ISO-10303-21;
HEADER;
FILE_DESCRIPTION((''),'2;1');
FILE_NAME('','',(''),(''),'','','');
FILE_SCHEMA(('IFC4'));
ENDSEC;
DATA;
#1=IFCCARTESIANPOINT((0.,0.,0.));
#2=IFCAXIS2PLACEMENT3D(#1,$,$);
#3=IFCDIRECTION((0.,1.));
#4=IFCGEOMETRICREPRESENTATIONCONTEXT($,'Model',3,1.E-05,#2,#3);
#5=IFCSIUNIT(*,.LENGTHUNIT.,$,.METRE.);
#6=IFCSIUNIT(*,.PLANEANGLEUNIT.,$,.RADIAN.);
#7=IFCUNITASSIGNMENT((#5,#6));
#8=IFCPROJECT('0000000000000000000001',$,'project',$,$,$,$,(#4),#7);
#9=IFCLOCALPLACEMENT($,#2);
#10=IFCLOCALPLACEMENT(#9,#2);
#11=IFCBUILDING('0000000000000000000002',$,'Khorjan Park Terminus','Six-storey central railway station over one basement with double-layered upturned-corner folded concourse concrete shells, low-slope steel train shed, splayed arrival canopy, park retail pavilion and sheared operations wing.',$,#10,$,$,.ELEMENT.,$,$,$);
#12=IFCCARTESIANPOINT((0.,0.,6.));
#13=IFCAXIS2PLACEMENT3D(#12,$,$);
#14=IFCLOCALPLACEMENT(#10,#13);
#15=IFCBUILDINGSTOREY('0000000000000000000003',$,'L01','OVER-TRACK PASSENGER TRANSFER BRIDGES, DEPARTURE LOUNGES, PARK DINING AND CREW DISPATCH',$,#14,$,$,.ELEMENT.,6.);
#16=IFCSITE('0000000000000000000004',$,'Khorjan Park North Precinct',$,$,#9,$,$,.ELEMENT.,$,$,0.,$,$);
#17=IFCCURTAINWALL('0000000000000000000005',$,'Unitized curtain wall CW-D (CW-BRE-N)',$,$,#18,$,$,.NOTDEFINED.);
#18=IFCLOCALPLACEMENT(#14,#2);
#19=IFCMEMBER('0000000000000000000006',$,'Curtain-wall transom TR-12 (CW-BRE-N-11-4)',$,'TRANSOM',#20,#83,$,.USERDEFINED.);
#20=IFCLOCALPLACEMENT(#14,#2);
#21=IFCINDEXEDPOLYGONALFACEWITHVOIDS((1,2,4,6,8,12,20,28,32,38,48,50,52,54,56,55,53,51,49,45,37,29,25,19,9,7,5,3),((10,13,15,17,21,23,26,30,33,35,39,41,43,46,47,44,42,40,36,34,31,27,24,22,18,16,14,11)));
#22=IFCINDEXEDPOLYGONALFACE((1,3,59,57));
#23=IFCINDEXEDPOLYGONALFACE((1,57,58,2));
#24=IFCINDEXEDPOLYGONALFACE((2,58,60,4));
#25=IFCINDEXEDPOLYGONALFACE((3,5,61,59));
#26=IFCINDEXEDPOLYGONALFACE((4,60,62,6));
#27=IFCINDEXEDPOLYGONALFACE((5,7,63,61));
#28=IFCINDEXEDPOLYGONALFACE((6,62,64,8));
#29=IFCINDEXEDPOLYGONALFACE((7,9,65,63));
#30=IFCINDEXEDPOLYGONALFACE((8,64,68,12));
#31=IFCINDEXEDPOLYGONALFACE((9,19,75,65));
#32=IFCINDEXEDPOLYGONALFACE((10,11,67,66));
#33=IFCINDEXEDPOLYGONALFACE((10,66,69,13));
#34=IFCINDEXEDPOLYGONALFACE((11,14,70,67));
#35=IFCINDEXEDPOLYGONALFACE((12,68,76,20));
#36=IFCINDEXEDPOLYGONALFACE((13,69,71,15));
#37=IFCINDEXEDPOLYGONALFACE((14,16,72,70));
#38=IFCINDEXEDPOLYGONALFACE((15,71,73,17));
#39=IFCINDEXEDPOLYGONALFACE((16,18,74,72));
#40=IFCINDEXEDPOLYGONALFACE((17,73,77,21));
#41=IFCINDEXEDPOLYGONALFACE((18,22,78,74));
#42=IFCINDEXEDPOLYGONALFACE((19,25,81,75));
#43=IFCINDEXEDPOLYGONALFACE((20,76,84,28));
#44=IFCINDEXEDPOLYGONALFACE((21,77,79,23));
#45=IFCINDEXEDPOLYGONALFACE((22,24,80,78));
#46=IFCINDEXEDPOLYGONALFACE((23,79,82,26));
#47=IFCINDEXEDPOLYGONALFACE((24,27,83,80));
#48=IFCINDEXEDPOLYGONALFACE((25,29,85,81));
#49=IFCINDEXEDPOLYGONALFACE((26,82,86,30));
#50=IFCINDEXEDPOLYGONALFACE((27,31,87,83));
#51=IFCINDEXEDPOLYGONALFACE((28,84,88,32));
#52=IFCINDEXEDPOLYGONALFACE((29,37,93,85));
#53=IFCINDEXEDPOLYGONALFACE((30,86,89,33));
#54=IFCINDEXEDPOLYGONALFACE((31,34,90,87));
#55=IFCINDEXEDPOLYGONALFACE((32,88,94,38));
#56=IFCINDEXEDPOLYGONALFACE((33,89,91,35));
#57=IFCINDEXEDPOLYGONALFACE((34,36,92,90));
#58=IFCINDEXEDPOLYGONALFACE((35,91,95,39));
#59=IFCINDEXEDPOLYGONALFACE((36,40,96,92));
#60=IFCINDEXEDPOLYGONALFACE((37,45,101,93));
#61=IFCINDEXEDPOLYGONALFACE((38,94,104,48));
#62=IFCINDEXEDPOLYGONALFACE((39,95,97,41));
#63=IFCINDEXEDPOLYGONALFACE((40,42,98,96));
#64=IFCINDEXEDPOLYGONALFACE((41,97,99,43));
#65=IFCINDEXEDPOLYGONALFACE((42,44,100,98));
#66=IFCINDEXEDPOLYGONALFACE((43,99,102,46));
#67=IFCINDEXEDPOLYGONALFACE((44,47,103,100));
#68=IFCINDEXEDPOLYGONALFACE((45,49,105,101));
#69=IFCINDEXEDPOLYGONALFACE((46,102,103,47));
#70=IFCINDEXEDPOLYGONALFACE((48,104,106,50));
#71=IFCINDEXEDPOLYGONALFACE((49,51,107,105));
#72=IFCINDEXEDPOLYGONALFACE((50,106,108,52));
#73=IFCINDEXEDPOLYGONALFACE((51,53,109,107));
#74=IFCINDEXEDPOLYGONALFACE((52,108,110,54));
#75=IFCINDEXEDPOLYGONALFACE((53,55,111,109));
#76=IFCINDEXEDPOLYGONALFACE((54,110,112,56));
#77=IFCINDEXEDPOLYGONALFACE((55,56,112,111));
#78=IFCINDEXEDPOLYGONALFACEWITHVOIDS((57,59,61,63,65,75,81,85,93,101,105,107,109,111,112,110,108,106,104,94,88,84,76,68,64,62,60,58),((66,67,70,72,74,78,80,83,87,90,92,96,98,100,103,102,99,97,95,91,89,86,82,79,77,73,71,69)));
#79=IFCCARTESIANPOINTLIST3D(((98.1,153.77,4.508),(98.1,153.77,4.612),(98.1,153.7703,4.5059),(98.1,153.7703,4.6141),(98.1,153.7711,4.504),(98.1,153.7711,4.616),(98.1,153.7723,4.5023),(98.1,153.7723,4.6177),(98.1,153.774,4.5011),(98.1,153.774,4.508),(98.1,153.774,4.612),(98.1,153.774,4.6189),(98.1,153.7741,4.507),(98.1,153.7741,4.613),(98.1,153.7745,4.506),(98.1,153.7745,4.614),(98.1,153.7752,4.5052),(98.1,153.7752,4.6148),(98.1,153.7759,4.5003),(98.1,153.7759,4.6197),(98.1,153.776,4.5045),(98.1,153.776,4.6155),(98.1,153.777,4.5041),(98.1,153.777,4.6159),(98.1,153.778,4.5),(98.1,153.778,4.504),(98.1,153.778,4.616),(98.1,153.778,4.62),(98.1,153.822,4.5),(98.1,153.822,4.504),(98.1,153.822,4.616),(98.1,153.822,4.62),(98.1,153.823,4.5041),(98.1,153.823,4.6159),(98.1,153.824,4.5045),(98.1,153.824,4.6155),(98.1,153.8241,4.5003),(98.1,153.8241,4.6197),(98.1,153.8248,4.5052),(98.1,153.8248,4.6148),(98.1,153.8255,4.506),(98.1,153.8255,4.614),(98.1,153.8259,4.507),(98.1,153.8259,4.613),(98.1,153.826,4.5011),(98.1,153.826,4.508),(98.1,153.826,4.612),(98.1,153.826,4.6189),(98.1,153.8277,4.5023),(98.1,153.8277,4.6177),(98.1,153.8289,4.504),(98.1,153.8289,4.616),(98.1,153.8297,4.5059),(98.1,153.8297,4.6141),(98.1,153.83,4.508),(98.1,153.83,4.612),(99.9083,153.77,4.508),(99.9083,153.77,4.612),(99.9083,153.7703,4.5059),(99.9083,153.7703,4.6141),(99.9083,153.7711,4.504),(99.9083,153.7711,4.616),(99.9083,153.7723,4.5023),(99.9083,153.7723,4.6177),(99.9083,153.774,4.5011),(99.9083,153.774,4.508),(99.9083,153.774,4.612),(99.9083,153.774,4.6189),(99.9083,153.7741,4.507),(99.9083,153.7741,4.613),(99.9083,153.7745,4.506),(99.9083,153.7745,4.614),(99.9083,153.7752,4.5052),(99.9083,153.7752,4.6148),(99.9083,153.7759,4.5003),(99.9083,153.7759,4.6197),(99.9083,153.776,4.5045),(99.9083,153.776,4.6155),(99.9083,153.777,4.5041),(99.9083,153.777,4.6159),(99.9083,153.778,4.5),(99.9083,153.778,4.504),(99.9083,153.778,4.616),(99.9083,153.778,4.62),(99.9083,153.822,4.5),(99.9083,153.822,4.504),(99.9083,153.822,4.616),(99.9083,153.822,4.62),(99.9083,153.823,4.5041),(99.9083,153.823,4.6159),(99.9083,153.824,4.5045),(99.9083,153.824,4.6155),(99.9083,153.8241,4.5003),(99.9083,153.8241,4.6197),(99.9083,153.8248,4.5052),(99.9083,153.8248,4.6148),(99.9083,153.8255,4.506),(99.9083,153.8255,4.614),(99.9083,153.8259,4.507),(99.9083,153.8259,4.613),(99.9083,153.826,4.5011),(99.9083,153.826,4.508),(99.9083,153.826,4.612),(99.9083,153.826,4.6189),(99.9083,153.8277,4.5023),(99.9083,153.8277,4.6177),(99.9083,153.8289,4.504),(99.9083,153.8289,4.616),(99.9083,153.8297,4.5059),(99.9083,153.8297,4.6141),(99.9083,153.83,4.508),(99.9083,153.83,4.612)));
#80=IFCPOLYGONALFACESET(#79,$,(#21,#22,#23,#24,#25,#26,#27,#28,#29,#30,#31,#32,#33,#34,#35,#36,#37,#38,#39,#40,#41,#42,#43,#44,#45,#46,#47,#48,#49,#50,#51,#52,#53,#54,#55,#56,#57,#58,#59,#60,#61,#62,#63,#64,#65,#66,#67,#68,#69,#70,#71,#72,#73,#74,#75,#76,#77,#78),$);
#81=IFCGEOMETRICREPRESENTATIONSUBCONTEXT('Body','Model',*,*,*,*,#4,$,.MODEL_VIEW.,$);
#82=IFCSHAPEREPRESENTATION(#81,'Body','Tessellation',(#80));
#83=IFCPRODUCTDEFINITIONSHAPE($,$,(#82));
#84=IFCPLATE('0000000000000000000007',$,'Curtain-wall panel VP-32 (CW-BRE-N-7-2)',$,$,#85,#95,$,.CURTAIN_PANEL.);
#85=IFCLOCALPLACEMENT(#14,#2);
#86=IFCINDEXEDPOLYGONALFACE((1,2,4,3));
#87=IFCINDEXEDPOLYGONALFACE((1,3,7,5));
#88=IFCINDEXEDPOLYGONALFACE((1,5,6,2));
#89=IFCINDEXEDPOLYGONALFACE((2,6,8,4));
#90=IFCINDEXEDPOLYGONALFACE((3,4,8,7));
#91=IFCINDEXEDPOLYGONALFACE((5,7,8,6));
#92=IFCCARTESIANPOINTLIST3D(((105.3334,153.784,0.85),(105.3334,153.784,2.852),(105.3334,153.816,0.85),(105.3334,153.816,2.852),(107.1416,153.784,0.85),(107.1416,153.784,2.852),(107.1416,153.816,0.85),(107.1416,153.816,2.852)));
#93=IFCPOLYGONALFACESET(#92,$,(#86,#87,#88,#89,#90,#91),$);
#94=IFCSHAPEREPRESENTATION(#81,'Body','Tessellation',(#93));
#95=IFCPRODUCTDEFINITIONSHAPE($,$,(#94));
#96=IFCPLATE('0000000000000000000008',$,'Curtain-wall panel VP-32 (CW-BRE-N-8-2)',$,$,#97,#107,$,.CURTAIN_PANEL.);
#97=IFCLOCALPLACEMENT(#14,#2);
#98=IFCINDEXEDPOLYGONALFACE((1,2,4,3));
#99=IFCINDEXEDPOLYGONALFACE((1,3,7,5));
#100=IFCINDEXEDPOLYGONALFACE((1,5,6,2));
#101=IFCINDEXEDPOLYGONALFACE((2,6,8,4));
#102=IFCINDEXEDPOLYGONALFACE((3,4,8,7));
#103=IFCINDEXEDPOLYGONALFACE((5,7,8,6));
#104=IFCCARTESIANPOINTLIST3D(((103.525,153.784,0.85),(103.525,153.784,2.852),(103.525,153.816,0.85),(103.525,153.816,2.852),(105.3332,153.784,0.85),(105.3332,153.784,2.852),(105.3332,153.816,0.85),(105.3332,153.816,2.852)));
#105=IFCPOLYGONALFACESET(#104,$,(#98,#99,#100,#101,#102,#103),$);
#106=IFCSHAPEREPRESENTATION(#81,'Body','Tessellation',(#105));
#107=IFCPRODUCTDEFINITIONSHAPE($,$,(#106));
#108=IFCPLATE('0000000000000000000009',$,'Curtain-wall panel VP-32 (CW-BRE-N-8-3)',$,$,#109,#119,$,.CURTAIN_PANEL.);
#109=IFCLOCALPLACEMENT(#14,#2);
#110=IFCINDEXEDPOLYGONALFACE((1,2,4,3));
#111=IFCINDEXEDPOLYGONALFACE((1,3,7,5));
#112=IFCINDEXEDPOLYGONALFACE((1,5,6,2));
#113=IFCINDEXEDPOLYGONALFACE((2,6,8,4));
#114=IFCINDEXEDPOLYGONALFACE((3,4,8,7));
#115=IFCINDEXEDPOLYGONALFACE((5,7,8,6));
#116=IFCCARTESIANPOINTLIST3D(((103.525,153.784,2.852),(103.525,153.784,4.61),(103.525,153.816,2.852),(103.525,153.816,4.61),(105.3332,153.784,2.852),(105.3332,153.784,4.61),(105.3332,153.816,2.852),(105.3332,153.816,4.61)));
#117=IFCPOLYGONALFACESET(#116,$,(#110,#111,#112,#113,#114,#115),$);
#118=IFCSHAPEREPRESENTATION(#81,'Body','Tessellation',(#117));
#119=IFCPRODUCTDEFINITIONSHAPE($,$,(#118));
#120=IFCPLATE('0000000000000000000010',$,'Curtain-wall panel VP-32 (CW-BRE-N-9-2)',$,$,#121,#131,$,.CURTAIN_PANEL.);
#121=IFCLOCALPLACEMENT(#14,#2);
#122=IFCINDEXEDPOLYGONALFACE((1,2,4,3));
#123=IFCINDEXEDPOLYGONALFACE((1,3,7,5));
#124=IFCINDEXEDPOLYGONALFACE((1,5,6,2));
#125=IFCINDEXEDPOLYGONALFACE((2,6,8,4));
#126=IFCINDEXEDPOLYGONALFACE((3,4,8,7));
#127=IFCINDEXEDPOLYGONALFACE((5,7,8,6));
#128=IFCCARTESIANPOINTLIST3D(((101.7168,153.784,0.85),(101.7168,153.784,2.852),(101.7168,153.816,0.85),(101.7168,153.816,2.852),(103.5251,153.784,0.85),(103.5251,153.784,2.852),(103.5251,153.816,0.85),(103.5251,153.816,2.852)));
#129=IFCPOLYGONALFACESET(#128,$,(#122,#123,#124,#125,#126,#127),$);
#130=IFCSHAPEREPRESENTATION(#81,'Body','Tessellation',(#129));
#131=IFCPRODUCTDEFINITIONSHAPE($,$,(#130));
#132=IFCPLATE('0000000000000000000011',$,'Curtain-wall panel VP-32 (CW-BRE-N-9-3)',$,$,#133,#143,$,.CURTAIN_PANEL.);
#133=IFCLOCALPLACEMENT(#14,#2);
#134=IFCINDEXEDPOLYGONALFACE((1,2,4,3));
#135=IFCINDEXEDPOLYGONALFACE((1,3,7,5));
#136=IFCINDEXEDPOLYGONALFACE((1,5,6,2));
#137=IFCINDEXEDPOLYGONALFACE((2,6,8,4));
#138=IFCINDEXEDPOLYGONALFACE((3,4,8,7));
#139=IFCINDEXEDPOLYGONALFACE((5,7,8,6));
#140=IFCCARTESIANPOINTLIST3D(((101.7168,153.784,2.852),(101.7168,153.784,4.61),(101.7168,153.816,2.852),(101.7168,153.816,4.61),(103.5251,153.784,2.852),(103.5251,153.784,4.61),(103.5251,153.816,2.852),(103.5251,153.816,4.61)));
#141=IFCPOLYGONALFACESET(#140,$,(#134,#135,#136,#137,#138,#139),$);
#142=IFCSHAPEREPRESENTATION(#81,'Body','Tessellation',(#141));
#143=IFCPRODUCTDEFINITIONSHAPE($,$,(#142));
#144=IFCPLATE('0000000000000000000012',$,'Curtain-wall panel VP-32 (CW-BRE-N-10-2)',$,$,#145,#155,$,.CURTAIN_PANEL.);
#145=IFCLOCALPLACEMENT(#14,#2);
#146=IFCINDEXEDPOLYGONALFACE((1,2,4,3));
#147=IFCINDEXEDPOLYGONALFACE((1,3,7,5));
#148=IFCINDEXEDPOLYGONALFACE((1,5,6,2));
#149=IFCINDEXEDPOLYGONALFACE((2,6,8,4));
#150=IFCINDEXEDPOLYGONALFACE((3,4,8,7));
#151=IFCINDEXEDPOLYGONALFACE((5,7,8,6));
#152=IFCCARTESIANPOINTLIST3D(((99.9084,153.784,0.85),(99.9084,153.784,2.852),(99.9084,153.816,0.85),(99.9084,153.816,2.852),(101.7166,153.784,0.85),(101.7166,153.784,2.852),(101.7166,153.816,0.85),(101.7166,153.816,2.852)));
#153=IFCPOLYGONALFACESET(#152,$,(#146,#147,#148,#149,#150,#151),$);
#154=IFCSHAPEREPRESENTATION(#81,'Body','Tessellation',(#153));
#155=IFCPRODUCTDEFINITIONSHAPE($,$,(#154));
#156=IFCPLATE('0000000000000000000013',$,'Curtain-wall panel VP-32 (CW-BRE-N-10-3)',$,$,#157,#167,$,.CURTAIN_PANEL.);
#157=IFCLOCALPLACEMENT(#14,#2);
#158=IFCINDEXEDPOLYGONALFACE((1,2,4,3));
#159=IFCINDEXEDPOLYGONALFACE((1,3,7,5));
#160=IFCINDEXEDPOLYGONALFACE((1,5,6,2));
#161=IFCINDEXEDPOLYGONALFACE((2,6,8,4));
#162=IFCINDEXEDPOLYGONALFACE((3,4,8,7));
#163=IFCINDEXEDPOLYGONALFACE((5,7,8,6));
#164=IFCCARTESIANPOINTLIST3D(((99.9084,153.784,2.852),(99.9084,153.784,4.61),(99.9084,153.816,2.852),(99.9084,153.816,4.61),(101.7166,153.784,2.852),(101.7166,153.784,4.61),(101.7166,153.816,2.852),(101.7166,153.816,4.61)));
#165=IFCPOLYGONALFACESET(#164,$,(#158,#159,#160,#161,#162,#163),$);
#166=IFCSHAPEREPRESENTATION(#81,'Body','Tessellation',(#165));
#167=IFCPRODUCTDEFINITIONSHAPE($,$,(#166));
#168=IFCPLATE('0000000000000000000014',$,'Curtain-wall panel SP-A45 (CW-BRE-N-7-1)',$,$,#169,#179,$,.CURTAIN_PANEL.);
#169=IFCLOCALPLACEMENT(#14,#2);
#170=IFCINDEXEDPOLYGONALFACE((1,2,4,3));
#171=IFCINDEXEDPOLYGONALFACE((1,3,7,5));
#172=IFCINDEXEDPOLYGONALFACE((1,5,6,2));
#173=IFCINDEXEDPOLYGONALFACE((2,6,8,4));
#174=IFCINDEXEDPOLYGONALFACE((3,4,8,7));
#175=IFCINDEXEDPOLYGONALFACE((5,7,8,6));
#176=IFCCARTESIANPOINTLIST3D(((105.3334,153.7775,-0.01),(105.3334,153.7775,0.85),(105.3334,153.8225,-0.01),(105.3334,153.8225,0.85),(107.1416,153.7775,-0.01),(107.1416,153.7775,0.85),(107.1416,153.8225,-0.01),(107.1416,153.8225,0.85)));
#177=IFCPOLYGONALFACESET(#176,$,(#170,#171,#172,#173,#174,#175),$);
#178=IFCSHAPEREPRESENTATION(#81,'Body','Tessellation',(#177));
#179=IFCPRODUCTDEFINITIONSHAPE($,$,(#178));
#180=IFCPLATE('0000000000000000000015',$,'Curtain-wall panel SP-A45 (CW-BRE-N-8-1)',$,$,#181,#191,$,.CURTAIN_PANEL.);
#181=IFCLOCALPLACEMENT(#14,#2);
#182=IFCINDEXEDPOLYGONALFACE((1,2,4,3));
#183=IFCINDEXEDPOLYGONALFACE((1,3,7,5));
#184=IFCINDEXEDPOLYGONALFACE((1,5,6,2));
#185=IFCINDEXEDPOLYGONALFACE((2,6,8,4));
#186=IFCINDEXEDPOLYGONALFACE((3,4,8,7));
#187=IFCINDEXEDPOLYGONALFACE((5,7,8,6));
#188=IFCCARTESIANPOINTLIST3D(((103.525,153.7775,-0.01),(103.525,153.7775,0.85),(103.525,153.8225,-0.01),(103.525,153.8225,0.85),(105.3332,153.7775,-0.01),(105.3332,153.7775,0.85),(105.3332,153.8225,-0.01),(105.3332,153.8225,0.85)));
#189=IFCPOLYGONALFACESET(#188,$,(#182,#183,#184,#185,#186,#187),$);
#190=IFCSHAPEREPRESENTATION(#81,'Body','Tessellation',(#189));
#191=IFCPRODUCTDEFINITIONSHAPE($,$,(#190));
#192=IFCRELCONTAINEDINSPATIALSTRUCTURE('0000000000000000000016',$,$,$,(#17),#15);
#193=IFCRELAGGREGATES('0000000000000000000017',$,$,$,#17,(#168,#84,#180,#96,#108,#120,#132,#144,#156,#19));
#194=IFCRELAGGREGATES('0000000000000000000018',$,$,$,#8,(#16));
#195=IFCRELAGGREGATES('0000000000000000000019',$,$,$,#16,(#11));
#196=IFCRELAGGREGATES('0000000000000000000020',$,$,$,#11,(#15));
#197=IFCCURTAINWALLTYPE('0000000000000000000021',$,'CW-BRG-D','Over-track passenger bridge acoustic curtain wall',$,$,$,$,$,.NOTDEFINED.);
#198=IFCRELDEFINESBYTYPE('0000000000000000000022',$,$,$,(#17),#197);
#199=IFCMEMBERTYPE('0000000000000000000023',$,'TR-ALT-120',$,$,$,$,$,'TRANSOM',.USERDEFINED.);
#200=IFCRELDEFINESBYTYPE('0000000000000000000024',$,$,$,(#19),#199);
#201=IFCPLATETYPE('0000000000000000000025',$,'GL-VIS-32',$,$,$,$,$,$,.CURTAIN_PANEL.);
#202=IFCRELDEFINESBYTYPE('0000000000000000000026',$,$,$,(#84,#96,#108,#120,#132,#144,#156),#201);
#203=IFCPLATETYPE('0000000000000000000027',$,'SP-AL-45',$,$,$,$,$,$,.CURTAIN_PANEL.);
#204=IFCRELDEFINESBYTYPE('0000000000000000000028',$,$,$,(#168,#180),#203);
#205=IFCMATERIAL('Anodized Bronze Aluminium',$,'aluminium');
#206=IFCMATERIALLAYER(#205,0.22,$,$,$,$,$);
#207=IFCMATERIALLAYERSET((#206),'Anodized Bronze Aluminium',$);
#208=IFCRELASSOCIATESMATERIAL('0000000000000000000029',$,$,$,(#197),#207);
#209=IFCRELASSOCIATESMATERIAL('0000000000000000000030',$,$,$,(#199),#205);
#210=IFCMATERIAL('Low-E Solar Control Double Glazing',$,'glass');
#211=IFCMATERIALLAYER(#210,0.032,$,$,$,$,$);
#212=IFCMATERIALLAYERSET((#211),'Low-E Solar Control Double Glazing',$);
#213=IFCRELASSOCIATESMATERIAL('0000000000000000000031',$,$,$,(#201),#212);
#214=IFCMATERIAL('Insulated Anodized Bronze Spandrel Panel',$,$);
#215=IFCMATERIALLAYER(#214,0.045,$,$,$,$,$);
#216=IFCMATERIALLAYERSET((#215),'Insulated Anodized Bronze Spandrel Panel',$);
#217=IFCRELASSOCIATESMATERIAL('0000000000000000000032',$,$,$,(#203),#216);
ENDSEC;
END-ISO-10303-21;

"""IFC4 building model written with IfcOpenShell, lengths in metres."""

from ifc_helpers import new_model, si_unit, direction, frame, origin, origin_2d, place, context, subcontext, project, spatial, rectangle, hollow_rectangle, extrude, material, layer, layer_set, material_profile, profile_set, type_object, element, aggregate, save


model = new_model("IFC4")

# Units and contexts
model_context = context("Model", 3, precision=1e-05, world=origin(), true_north=direction((0.0, 1.0)))
body_context = subcontext(model_context, "Body", "Model", "MODEL_VIEW")
ifc_project = project(units=[si_unit("LENGTHUNIT", "METRE"), si_unit("PLANEANGLEUNIT", "RADIAN")], contexts=[model_context])

# Site, building, storey
site_placement = place(None, origin())
site = spatial("IfcSite", under=ifc_project, at=site_placement, Name="Khorjan Park North Precinct", CompositionType="ELEMENT", RefElevation=0.0)
building_placement = place(site_placement, origin())
building = spatial("IfcBuilding", under=site, at=building_placement, Name="Khorjan Park Terminus", Description="Six-storey central railway station over one basement with double-layered upturned-corner folded concourse concrete shells, low-slope steel train shed, splayed arrival canopy, park retail pavilion and sheared operations wing.", CompositionType="ELEMENT")
storey_placement = place(building_placement, frame((0.0, 0.0, 6.0)))
storey = spatial("IfcBuildingStorey", under=building, at=storey_placement, Name="L01", Description="OVER-TRACK PASSENGER TRANSFER BRIDGES, DEPARTURE LOUNGES, PARK DINING AND CREW DISPATCH", CompositionType="ELEMENT", Elevation=6.0)

# Curtain wall, member, plates
ifc_material_1 = material(Name="Anodized Bronze Aluminium", Category="aluminium")
ifc_layer_1 = layer(ifc_material_1, 0.22)
ifc_layer_set_1 = layer_set([ifc_layer_1], Name="Anodized Bronze Aluminium")
curtain_wall_type = type_object("IfcCurtainWallType", Name="CW-BRG-D", Description="Over-track passenger bridge acoustic curtain wall", PredefinedType="NOTDEFINED", material=ifc_layer_set_1)
curtain_wall_placement = place(storey_placement, origin())
curtain_wall = element("IfcCurtainWall", 1, at=curtain_wall_placement, inside=storey, type_object=curtain_wall_type, Name="Unitized curtain wall CW-D (CW-BRE-N)", PredefinedType="NOTDEFINED")
ifc_material_profile_1 = material_profile(ifc_material_1, hollow_rectangle(XDim=0.06, YDim=0.12, WallThickness=0.004, InnerFilletRadius=0.004, OuterFilletRadius=0.008, at=origin_2d()), Name="ALT 60x120x4")
ifc_profile_set_1 = profile_set([ifc_material_profile_1], Name="Anodized Bronze Aluminium")
member_type_1 = type_object("IfcMemberType", Name="TR-ALT-120", ElementType="TRANSOM", PredefinedType="USERDEFINED", material=ifc_profile_set_1)
member_1_placement = place(storey_placement, frame((99.9083, 153.8, 4.56), z_axis=(-1.0, 0.0, 0.0), x_axis=(0.0, -1.0, 0.0)))
member_1 = element("IfcMember", 2, at=member_1_placement, type_object=member_type_1, Name="Curtain-wall transom TR-12 (CW-BRE-N-11-4)", ObjectType="TRANSOM", PredefinedType="USERDEFINED", context=body_context, shape_type="SweptSolid", body=[
    extrude(hollow_rectangle(XDim=0.06, YDim=0.12, WallThickness=0.004, InnerFilletRadius=0.004, OuterFilletRadius=0.008, at=origin_2d()), origin(), (0.0, 0.0, 1.0), 1.8083),
])
ifc_material_2 = material(Name="Low-E Solar Control Double Glazing", Category="glass")
ifc_layer_2 = layer(ifc_material_2, 0.032)
ifc_layer_set_2 = layer_set([ifc_layer_2], Name="Low-E Solar Control Double Glazing")
plate_type_1 = type_object("IfcPlateType", Name="GL-VIS-32", PredefinedType="CURTAIN_PANEL", material=ifc_layer_set_2)
plate_1_placement = place(storey_placement, frame((106.2375, 153.8, 0.85), z_axis=(0.0, 0.0, 1.0), x_axis=(-1.0, 0.0, 0.0)))
plate_1 = element("IfcPlate", 3, at=plate_1_placement, type_object=plate_type_1, Name="Curtain-wall panel VP-32 (CW-BRE-N-7-2)", PredefinedType="CURTAIN_PANEL", context=body_context, shape_type="SweptSolid", body=[
    extrude(rectangle(XDim=1.8083, YDim=0.032, at=origin_2d()), origin(), (0.0, 0.0, 1.0), 2.002),
])
plate_2_placement = place(storey_placement, frame((104.4291, 153.8, 0.85), z_axis=(0.0, 0.0, 1.0), x_axis=(-1.0, 0.0, 0.0)))
plate_2 = element("IfcPlate", 4, at=plate_2_placement, type_object=plate_type_1, Name="Curtain-wall panel VP-32 (CW-BRE-N-8-2)", PredefinedType="CURTAIN_PANEL", context=body_context, shape_type="SweptSolid", body=[
    extrude(rectangle(XDim=1.8083, YDim=0.032, at=origin_2d()), origin(), (0.0, 0.0, 1.0), 2.002),
])
plate_3_placement = place(storey_placement, frame((104.4291, 153.8, 2.852), z_axis=(0.0, 0.0, 1.0), x_axis=(-1.0, 0.0, 0.0)))
plate_3 = element("IfcPlate", 5, at=plate_3_placement, type_object=plate_type_1, Name="Curtain-wall panel VP-32 (CW-BRE-N-8-3)", PredefinedType="CURTAIN_PANEL", context=body_context, shape_type="SweptSolid", body=[
    extrude(rectangle(XDim=1.8083, YDim=0.032, at=origin_2d()), origin(), (0.0, 0.0, 1.0), 1.758),
])
plate_4_placement = place(storey_placement, frame((102.6209, 153.8, 0.85), z_axis=(0.0, 0.0, 1.0), x_axis=(-1.0, 0.0, 0.0)))
plate_4 = element("IfcPlate", 6, at=plate_4_placement, type_object=plate_type_1, Name="Curtain-wall panel VP-32 (CW-BRE-N-9-2)", PredefinedType="CURTAIN_PANEL", context=body_context, shape_type="SweptSolid", body=[
    extrude(rectangle(XDim=1.8083, YDim=0.032, at=origin_2d()), origin(), (0.0, 0.0, 1.0), 2.002),
])
plate_5_placement = place(storey_placement, frame((102.6209, 153.8, 2.852), z_axis=(0.0, 0.0, 1.0), x_axis=(-1.0, 0.0, 0.0)))
plate_5 = element("IfcPlate", 7, at=plate_5_placement, type_object=plate_type_1, Name="Curtain-wall panel VP-32 (CW-BRE-N-9-3)", PredefinedType="CURTAIN_PANEL", context=body_context, shape_type="SweptSolid", body=[
    extrude(rectangle(XDim=1.8083, YDim=0.032, at=origin_2d()), origin(), (0.0, 0.0, 1.0), 1.758),
])
plate_6_placement = place(storey_placement, frame((100.8125, 153.8, 0.85), z_axis=(0.0, 0.0, 1.0), x_axis=(-1.0, 0.0, 0.0)))
plate_6 = element("IfcPlate", 8, at=plate_6_placement, type_object=plate_type_1, Name="Curtain-wall panel VP-32 (CW-BRE-N-10-2)", PredefinedType="CURTAIN_PANEL", context=body_context, shape_type="SweptSolid", body=[
    extrude(rectangle(XDim=1.8083, YDim=0.032, at=origin_2d()), origin(), (0.0, 0.0, 1.0), 2.002),
])
plate_7_placement = place(storey_placement, frame((100.8125, 153.8, 2.852), z_axis=(0.0, 0.0, 1.0), x_axis=(-1.0, 0.0, 0.0)))
plate_7 = element("IfcPlate", 9, at=plate_7_placement, type_object=plate_type_1, Name="Curtain-wall panel VP-32 (CW-BRE-N-10-3)", PredefinedType="CURTAIN_PANEL", context=body_context, shape_type="SweptSolid", body=[
    extrude(rectangle(XDim=1.8083, YDim=0.032, at=origin_2d()), origin(), (0.0, 0.0, 1.0), 1.758),
])
ifc_material_3 = material(Name="Insulated Anodized Bronze Spandrel Panel")
ifc_layer_3 = layer(ifc_material_3, 0.045)
ifc_layer_set_3 = layer_set([ifc_layer_3], Name="Insulated Anodized Bronze Spandrel Panel")
plate_type_2 = type_object("IfcPlateType", Name="SP-AL-45", PredefinedType="CURTAIN_PANEL", material=ifc_layer_set_3)
plate_8_placement = place(storey_placement, frame((106.2375, 153.8, -0.01), z_axis=(0.0, 0.0, 1.0), x_axis=(-1.0, 0.0, 0.0)))
plate_8 = element("IfcPlate", 10, at=plate_8_placement, type_object=plate_type_2, Name="Curtain-wall panel SP-A45 (CW-BRE-N-7-1)", PredefinedType="CURTAIN_PANEL", context=body_context, shape_type="SweptSolid", body=[
    extrude(rectangle(XDim=1.8083, YDim=0.045, at=origin_2d()), origin(), (0.0, 0.0, 1.0), 0.86),
])
plate_9_placement = place(storey_placement, frame((104.4291, 153.8, -0.01), z_axis=(0.0, 0.0, 1.0), x_axis=(-1.0, 0.0, 0.0)))
plate_9 = element("IfcPlate", 11, at=plate_9_placement, type_object=plate_type_2, Name="Curtain-wall panel SP-A45 (CW-BRE-N-8-1)", PredefinedType="CURTAIN_PANEL", context=body_context, shape_type="SweptSolid", body=[
    extrude(rectangle(XDim=1.8083, YDim=0.045, at=origin_2d()), origin(), (0.0, 0.0, 1.0), 0.86),
])
aggregate(curtain_wall, [plate_8, plate_1, plate_9, plate_2, plate_3, plate_4, plate_5, plate_6, plate_7, member_1])

save(model, "model.ifc")
